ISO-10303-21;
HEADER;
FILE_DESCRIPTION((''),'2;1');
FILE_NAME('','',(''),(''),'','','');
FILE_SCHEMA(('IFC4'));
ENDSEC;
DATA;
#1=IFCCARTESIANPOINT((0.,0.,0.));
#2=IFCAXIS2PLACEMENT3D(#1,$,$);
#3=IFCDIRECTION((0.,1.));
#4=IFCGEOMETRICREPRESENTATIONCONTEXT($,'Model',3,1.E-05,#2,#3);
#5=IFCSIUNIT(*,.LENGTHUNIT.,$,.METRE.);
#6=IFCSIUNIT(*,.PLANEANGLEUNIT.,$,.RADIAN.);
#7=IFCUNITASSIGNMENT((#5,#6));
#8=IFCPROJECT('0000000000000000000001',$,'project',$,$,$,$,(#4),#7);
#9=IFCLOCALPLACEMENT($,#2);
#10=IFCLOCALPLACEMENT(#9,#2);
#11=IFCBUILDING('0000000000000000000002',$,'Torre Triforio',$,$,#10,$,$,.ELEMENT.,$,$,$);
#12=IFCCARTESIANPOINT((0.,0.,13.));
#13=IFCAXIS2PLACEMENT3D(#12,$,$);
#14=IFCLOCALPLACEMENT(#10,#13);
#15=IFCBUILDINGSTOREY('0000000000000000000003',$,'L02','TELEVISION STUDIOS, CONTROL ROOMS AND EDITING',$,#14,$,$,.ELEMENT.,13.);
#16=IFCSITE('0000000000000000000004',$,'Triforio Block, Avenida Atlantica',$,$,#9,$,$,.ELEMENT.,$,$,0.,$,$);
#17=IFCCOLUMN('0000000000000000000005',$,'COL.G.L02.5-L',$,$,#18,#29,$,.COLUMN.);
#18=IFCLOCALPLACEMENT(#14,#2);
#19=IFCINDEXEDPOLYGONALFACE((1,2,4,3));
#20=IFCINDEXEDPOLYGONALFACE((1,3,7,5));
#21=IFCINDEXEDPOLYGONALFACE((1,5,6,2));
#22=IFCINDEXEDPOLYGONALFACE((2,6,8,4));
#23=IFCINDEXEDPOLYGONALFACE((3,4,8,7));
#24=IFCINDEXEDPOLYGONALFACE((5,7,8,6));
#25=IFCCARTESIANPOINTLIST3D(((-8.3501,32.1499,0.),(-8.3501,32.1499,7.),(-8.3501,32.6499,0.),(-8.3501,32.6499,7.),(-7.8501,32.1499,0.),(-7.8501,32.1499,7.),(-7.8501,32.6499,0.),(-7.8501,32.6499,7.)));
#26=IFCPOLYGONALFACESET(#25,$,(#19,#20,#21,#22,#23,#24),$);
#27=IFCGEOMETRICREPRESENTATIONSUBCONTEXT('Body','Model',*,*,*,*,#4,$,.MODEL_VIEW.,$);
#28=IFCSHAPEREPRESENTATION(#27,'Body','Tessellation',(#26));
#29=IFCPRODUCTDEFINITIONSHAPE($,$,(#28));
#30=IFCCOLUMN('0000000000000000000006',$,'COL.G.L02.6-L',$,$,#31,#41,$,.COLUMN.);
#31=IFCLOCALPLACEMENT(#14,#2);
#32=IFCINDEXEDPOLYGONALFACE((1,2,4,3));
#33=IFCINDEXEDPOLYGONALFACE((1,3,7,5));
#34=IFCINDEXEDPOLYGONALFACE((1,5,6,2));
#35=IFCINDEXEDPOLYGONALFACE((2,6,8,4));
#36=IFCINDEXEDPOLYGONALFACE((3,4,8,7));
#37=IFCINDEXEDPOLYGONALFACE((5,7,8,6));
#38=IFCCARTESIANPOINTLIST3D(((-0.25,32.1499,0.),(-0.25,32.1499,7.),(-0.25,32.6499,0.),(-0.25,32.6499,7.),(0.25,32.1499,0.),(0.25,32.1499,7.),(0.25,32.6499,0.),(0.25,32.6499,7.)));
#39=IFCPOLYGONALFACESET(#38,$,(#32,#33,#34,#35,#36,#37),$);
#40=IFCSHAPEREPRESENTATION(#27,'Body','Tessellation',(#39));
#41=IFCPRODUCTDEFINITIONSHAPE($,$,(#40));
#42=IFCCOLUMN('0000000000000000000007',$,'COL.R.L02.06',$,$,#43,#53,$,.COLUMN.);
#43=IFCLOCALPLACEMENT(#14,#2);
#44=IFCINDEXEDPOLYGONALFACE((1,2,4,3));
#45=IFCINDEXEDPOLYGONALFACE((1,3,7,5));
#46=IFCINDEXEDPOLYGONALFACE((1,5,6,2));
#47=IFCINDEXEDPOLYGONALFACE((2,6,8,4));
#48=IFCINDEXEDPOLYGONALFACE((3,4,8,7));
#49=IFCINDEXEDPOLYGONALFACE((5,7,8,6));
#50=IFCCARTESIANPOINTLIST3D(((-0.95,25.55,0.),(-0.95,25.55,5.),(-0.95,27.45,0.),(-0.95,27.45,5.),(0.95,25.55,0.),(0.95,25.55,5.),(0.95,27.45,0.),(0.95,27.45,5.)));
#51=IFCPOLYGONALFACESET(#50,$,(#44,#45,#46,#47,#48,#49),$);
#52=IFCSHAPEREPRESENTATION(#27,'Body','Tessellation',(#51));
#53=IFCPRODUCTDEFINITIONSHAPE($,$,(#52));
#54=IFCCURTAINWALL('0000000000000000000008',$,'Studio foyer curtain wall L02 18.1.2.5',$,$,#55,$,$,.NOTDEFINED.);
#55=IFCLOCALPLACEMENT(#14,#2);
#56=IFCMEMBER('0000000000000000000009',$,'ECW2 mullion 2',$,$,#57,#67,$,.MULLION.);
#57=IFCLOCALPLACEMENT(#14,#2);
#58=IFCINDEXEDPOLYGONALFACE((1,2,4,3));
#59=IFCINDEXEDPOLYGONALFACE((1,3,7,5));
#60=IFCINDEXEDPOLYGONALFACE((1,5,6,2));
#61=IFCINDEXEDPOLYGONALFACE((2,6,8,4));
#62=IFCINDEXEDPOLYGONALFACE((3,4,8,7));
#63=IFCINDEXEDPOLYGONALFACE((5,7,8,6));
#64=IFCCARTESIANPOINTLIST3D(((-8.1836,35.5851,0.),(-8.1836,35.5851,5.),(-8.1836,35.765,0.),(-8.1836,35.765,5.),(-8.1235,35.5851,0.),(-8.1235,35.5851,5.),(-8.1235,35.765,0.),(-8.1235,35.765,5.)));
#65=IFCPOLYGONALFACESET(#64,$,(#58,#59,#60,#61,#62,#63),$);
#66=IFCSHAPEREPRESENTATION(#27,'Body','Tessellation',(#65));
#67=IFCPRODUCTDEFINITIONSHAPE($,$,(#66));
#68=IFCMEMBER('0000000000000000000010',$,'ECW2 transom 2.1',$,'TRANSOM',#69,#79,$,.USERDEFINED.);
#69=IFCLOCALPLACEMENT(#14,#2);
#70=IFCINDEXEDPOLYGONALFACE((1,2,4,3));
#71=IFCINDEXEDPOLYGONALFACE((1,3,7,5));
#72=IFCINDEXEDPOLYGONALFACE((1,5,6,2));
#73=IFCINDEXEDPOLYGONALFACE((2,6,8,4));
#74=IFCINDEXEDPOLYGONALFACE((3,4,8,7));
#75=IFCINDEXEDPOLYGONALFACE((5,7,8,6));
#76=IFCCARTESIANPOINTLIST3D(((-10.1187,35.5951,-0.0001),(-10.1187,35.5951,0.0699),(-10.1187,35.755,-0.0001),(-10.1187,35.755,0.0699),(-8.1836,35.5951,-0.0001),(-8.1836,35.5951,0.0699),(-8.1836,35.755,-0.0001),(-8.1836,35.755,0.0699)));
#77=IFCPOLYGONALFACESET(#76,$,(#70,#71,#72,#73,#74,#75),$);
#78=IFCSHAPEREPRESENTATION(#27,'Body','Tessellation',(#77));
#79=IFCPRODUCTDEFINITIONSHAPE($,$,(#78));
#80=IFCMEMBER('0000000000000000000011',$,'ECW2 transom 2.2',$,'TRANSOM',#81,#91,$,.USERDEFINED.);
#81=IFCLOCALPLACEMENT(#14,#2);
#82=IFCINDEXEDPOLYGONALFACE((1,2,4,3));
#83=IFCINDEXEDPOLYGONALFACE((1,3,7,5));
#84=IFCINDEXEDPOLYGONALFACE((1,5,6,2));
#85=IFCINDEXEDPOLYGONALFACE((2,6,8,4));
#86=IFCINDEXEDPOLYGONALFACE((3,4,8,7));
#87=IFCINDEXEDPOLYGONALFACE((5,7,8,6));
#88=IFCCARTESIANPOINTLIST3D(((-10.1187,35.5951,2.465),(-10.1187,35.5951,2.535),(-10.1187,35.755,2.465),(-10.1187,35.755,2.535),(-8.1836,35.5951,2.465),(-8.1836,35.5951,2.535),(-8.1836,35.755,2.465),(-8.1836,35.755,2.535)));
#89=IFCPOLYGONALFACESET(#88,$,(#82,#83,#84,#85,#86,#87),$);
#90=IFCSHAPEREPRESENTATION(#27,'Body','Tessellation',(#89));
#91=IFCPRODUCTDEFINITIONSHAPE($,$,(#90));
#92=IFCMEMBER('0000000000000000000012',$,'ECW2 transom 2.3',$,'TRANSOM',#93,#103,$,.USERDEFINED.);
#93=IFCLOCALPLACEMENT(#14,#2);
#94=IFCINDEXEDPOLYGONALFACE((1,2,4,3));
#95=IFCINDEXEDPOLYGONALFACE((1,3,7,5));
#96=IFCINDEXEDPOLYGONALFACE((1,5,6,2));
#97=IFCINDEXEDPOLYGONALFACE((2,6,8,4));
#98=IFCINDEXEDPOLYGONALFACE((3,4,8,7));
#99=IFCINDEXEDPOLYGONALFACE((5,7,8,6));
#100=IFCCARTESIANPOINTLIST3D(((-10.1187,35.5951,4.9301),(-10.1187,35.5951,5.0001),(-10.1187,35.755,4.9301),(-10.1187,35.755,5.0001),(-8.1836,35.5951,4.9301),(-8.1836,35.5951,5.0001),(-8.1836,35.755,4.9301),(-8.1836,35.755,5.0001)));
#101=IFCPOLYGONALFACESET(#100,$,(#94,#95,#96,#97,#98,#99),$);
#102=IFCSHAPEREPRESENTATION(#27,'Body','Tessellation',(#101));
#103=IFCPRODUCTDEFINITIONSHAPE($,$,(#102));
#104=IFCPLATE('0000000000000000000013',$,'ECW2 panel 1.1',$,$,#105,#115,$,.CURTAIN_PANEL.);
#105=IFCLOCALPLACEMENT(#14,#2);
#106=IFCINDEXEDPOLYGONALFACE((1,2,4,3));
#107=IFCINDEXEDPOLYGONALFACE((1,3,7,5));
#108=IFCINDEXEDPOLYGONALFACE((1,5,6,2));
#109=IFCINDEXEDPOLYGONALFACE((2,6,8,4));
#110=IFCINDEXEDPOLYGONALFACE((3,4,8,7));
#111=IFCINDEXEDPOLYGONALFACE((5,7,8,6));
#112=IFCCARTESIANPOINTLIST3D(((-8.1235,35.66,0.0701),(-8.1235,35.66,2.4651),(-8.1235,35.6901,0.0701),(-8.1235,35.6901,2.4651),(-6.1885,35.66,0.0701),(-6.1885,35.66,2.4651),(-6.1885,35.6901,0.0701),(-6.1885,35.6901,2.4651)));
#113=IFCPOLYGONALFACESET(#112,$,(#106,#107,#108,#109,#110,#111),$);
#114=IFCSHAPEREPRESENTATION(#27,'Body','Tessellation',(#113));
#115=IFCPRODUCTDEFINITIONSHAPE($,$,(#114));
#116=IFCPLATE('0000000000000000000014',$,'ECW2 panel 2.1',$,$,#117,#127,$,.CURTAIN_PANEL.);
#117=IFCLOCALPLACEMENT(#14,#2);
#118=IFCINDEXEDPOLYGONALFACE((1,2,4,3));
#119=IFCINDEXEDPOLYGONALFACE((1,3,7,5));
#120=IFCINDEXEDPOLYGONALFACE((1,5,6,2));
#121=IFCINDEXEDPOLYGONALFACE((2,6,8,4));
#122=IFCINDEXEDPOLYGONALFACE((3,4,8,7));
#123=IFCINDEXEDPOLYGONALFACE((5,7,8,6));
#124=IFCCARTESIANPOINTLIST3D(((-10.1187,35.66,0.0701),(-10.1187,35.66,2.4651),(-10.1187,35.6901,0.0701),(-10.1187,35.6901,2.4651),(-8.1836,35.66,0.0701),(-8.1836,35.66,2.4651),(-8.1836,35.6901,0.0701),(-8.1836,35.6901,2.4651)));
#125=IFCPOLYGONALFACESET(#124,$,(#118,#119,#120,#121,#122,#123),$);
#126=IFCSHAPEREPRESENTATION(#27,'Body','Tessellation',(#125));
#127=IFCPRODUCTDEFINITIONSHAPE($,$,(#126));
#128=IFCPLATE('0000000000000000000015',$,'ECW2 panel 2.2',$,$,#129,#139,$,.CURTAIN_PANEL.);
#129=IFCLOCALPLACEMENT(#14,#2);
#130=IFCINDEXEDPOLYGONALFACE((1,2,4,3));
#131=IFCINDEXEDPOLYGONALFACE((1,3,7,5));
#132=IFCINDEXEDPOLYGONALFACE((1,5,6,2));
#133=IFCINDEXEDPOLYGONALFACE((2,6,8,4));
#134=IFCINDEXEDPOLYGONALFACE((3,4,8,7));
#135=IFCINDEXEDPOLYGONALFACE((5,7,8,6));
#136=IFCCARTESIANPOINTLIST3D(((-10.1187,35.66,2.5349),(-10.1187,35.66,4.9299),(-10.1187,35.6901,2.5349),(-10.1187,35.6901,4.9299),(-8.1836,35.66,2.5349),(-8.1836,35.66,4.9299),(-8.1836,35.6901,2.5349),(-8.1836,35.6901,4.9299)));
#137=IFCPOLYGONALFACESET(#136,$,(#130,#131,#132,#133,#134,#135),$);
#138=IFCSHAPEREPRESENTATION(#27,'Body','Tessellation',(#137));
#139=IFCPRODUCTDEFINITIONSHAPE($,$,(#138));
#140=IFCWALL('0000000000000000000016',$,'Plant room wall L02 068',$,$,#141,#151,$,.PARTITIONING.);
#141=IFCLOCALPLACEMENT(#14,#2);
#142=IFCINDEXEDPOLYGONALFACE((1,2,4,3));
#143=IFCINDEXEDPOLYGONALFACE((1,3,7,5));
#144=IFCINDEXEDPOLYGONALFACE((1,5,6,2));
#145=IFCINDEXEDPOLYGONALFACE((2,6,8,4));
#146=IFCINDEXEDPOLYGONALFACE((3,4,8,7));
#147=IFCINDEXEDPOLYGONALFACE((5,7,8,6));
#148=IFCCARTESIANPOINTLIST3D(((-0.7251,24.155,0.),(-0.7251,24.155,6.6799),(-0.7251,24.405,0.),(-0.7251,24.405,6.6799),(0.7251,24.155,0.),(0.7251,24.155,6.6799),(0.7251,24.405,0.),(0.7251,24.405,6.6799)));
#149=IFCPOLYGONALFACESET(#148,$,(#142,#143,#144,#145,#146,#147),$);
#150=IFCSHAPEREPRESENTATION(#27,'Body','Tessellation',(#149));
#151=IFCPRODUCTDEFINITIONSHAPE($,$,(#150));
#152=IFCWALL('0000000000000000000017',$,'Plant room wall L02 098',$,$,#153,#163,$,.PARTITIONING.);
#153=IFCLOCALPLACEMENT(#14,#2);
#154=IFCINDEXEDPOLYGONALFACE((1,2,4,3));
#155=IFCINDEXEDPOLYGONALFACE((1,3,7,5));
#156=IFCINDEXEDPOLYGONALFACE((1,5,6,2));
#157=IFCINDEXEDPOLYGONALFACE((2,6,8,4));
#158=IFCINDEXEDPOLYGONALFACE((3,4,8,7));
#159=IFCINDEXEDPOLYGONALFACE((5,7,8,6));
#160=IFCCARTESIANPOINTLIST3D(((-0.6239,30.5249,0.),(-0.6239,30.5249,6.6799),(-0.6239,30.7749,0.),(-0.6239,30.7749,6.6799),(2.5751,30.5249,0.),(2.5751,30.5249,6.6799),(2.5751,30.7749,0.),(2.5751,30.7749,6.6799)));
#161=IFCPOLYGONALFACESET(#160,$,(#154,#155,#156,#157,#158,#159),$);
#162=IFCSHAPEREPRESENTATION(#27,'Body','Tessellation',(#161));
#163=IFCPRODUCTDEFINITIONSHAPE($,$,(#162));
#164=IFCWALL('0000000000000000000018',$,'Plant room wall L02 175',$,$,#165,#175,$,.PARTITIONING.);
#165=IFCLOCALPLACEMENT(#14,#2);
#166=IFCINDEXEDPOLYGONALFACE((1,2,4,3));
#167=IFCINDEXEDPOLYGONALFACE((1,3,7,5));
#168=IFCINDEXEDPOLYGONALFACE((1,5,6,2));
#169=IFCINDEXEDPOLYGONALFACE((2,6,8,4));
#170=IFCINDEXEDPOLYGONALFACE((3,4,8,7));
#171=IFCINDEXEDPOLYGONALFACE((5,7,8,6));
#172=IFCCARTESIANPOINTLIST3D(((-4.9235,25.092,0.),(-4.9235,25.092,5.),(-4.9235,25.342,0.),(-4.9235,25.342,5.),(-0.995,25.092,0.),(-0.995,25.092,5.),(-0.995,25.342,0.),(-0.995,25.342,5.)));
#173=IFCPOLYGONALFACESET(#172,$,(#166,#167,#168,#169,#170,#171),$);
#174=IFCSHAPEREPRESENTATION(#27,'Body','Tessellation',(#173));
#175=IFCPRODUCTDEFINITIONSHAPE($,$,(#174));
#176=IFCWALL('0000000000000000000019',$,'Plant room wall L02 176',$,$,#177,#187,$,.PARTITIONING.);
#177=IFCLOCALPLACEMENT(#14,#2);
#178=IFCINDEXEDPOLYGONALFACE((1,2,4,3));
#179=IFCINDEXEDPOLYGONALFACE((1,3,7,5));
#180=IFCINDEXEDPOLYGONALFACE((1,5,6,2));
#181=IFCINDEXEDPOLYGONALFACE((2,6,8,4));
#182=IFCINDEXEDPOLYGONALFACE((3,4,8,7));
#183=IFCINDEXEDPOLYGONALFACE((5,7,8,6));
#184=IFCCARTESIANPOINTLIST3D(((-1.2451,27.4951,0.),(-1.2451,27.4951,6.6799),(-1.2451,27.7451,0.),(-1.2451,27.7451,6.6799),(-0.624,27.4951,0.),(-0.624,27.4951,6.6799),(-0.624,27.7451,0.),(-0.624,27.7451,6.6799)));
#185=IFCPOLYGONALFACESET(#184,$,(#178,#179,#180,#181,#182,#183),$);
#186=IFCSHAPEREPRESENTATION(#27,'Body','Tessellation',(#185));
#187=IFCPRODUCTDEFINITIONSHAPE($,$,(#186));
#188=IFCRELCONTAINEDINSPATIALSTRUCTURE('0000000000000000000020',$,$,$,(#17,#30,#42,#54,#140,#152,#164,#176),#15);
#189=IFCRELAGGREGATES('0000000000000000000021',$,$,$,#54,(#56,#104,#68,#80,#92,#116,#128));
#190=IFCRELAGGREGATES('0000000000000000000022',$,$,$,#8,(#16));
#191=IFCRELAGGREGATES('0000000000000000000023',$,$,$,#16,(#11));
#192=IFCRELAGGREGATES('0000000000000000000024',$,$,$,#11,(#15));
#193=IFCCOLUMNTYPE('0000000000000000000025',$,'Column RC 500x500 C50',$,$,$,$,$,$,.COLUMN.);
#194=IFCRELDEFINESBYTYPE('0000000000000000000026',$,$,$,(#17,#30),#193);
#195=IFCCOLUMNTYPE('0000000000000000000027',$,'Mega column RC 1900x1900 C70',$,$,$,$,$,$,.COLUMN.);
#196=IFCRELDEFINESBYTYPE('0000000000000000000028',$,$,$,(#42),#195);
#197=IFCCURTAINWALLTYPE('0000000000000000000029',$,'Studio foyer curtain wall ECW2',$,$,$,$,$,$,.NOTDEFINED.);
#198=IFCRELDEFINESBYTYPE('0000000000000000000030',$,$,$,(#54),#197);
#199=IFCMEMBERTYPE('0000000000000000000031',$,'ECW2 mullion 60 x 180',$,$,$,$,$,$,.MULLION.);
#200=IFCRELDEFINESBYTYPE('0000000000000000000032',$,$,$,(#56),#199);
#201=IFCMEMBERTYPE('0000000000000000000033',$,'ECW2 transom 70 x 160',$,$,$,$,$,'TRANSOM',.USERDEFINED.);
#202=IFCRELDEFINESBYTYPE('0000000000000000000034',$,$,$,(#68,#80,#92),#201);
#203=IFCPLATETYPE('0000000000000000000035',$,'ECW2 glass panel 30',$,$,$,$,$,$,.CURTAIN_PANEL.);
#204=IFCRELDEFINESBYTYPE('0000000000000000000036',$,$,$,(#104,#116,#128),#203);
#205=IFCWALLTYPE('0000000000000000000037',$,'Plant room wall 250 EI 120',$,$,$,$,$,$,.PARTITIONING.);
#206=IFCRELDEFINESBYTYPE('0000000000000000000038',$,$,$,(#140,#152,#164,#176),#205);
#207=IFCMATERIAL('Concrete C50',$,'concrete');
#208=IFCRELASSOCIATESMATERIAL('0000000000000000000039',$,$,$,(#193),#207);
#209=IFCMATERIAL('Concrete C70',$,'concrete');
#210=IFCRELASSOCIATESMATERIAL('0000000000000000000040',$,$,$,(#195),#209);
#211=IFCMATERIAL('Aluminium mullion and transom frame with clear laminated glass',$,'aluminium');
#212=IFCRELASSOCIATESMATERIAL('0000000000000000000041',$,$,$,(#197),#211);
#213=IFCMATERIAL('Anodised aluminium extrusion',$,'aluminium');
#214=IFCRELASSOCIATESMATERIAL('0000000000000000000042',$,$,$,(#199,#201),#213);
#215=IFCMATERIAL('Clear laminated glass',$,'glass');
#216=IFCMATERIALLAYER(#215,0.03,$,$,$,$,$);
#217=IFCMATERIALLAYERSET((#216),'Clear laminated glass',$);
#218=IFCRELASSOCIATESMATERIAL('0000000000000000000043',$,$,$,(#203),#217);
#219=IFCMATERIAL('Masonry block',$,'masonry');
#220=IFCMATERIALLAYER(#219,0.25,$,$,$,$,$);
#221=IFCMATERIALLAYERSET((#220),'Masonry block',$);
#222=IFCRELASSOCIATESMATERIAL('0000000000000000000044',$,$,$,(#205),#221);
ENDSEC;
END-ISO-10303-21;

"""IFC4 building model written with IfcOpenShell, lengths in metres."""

from ifc_helpers import new_model, si_unit, direction, frame, frame_2d, origin, origin_2d, place, context, subcontext, project, spatial, rectangle, extrude, material, layer, layer_set, material_profile, profile_set, type_object, element, aggregate, save


model = new_model("IFC4")

# Units and contexts
model_context = context("Model", 3, precision=1e-05, world=origin(), true_north=direction((0.0, 1.0)))
body_context = subcontext(model_context, "Body", "Model", "MODEL_VIEW")
ifc_project = project(units=[si_unit("LENGTHUNIT", "METRE"), si_unit("PLANEANGLEUNIT", "RADIAN")], contexts=[model_context])

# Site, building, storey
site_placement = place(None, origin())
site = spatial("IfcSite", under=ifc_project, at=site_placement, Name="Triforio Block, Avenida Atlantica", CompositionType="ELEMENT", RefElevation=0.0)
building_placement = place(site_placement, origin())
building = spatial("IfcBuilding", under=site, at=building_placement, Name="Torre Triforio", CompositionType="ELEMENT")
storey_placement = place(building_placement, frame((0.0, 0.0, 13.0)))
storey = spatial("IfcBuildingStorey", under=building, at=storey_placement, Name="L02", Description="TELEVISION STUDIOS, CONTROL ROOMS AND EDITING", CompositionType="ELEMENT", Elevation=13.0)

# Columns
ifc_material_1 = material(Name="Concrete C50", Category="concrete")
ifc_material_profile_1 = material_profile(ifc_material_1, rectangle(XDim=0.5, YDim=0.5, at=origin_2d()), Name="RC 500x500")
ifc_profile_set_1 = profile_set([ifc_material_profile_1], Name="Concrete C50")
column_type_1 = type_object("IfcColumnType", Name="Column RC 500x500 C50", PredefinedType="COLUMN", material=ifc_profile_set_1)
for number, where, z_axis, x_axis, name in (
    (1, (-8.1001, 32.3999, 0.0), (0.0, 0.0, 1.0), (1.0, 0.0, 0.0), "COL.G.L02.5-L"),
    (2, (0.0, 32.3999, 0.0), (0.0, 0.0, 1.0), (1.0, 0.0, 0.0), "COL.G.L02.6-L"),
):
    element("IfcColumn", number, at=place(storey_placement, frame(where, z_axis=z_axis, x_axis=x_axis)), inside=storey, type_object=column_type_1, Name=name, PredefinedType="COLUMN", context=body_context, shape_type="SweptSolid", body=[
        extrude(rectangle(XDim=0.5, YDim=0.5, at=origin_2d()), origin(), (0.0, 0.0, 1.0), 7.0),
    ])
ifc_material_2 = material(Name="Concrete C70", Category="concrete")
ifc_material_profile_2 = material_profile(ifc_material_2, rectangle(XDim=1.8999, YDim=1.8999, at=origin_2d()), Name="RC 1900x1900")
ifc_profile_set_2 = profile_set([ifc_material_profile_2], Name="Concrete C70")
column_type_2 = type_object("IfcColumnType", Name="Mega column RC 1900x1900 C70", PredefinedType="COLUMN", material=ifc_profile_set_2)
column_placement = place(storey_placement, frame((0.0, 26.5, 0.0), z_axis=(0.0, 0.0, 1.0), x_axis=(-1.0, 0.0, 0.0)))
element("IfcColumn", 3, at=column_placement, inside=storey, type_object=column_type_2, Name="COL.R.L02.06", PredefinedType="COLUMN", context=body_context, shape_type="SweptSolid", body=[
    extrude(rectangle(XDim=1.8999, YDim=1.8999, at=origin_2d()), origin(), (0.0, 0.0, 1.0), 5.0),
])

# Curtain wall, members, plates
ifc_material_3 = material(Name="Aluminium mullion and transom frame with clear laminated glass", Category="aluminium")
curtain_wall_type = type_object("IfcCurtainWallType", Name="Studio foyer curtain wall ECW2", PredefinedType="NOTDEFINED", material=ifc_material_3)
curtain_wall_placement = place(storey_placement, origin())
curtain_wall = element("IfcCurtainWall", 4, at=curtain_wall_placement, inside=storey, type_object=curtain_wall_type, Name="Studio foyer curtain wall L02 18.1.2.5", PredefinedType="NOTDEFINED")
ifc_material_4 = material(Name="Anodised aluminium extrusion", Category="aluminium")
ifc_material_profile_3 = material_profile(ifc_material_4, rectangle(XDim=0.1799, YDim=0.0601, at=origin_2d()), Name="ECW2 MULLION 60x180")
ifc_profile_set_3 = profile_set([ifc_material_profile_3], Name="Anodised aluminium extrusion")
member_type_1 = type_object("IfcMemberType", Name="ECW2 mullion 60 x 180", PredefinedType="MULLION", material=ifc_profile_set_3)
member_1_placement = place(storey_placement, frame((-8.1536, 35.675, 0.0), z_axis=(0.0, 0.0, 1.0), x_axis=(0.0, -1.0, 0.0)))
member_1 = element("IfcMember", 5, at=member_1_placement, type_object=member_type_1, Name="ECW2 mullion 2", PredefinedType="MULLION", context=body_context, shape_type="SweptSolid", body=[
    extrude(rectangle(XDim=0.1799, YDim=0.0601, at=origin_2d()), origin(), (0.0, 0.0, 1.0), 5.0),
])
ifc_material_profile_4 = material_profile(ifc_material_4, rectangle(XDim=0.1599, YDim=0.0701, at=origin_2d()), Name="ECW2 TRANSOM 70x160")
ifc_profile_set_4 = profile_set([ifc_material_profile_4], Name="Anodised aluminium extrusion")
member_type_2 = type_object("IfcMemberType", Name="ECW2 transom 70 x 160", ElementType="TRANSOM", PredefinedType="USERDEFINED", material=ifc_profile_set_4)
member_2_placement = place(storey_placement, frame((-8.1836, 35.675, 0.0349), z_axis=(-1.0, 0.0, 0.0), x_axis=(0.0, -1.0, 0.0)))
member_2 = element("IfcMember", 6, at=member_2_placement, type_object=member_type_2, Name="ECW2 transom 2.1", ObjectType="TRANSOM", PredefinedType="USERDEFINED", context=body_context, shape_type="SweptSolid", body=[
    extrude(rectangle(XDim=0.1599, YDim=0.0701, at=origin_2d()), origin(), (0.0, 0.0, 1.0), 1.9351),
])
member_3_placement = place(storey_placement, frame((-8.1836, 35.675, 2.5), z_axis=(-1.0, 0.0, 0.0), x_axis=(0.0, -1.0, 0.0)))
member_3 = element("IfcMember", 7, at=member_3_placement, type_object=member_type_2, Name="ECW2 transom 2.2", ObjectType="TRANSOM", PredefinedType="USERDEFINED", context=body_context, shape_type="SweptSolid", body=[
    extrude(rectangle(XDim=0.1599, YDim=0.0701, at=origin_2d()), origin(), (0.0, 0.0, 1.0), 1.9351),
])
member_4_placement = place(storey_placement, frame((-8.1836, 35.675, 4.9651), z_axis=(-1.0, 0.0, 0.0), x_axis=(0.0, -1.0, 0.0)))
member_4 = element("IfcMember", 8, at=member_4_placement, type_object=member_type_2, Name="ECW2 transom 2.3", ObjectType="TRANSOM", PredefinedType="USERDEFINED", context=body_context, shape_type="SweptSolid", body=[
    extrude(rectangle(XDim=0.1599, YDim=0.0701, at=origin_2d()), origin(), (0.0, 0.0, 1.0), 1.9351),
])
ifc_material_5 = material(Name="Clear laminated glass", Category="glass")
ifc_layer_1 = layer(ifc_material_5, 0.03)
ifc_layer_set_1 = layer_set([ifc_layer_1], Name="Clear laminated glass")
plate_type = type_object("IfcPlateType", Name="ECW2 glass panel 30", PredefinedType="CURTAIN_PANEL", material=ifc_layer_set_1)
plate_1_placement = place(storey_placement, frame((-7.156, 35.675, 0.0701), z_axis=(0.0, 0.0, 1.0), x_axis=(-1.0, 0.0, 0.0)))
plate_1 = element("IfcPlate", 9, at=plate_1_placement, type_object=plate_type, Name="ECW2 panel 1.1", PredefinedType="CURTAIN_PANEL", context=body_context, shape_type="SweptSolid", body=[
    extrude(rectangle(XDim=1.9351, YDim=0.03, at=origin_2d()), origin(), (0.0, 0.0, 1.0), 2.395),
])
plate_2_placement = place(storey_placement, frame((-9.1511, 35.675, 0.0701), z_axis=(0.0, 0.0, 1.0), x_axis=(-1.0, 0.0, 0.0)))
plate_2 = element("IfcPlate", 10, at=plate_2_placement, type_object=plate_type, Name="ECW2 panel 2.1", PredefinedType="CURTAIN_PANEL", context=body_context, shape_type="SweptSolid", body=[
    extrude(rectangle(XDim=1.9351, YDim=0.03, at=origin_2d()), origin(), (0.0, 0.0, 1.0), 2.395),
])
plate_3_placement = place(storey_placement, frame((-9.1511, 35.675, 2.5349), z_axis=(0.0, 0.0, 1.0), x_axis=(-1.0, 0.0, 0.0)))
plate_3 = element("IfcPlate", 11, at=plate_3_placement, type_object=plate_type, Name="ECW2 panel 2.2", PredefinedType="CURTAIN_PANEL", context=body_context, shape_type="SweptSolid", body=[
    extrude(rectangle(XDim=1.9351, YDim=0.03, at=origin_2d()), origin(), (0.0, 0.0, 1.0), 2.395),
])
aggregate(curtain_wall, [member_1, plate_1, member_2, member_3, member_4, plate_2, plate_3])

# Walls
ifc_material_6 = material(Name="Masonry block", Category="masonry")
ifc_layer_2 = layer(ifc_material_6, 0.25)
ifc_layer_set_2 = layer_set([ifc_layer_2], Name="Masonry block")
wall_type_1 = type_object("IfcWallType", Name="Plant room wall 250 EI 120", PredefinedType="PARTITIONING", material=ifc_layer_set_2)
wall_1_placement = place(storey_placement, frame((-0.7251, 24.28, 0.0), z_axis=(0.0, 0.0, 1.0), x_axis=(1.0, 0.0, 0.0)))
element("IfcWall", 12, at=wall_1_placement, inside=storey, type_object=wall_type_1, Name="Plant room wall L02 068", PredefinedType="PARTITIONING", context=body_context, shape_type="SweptSolid", body=[
    extrude(rectangle(XDim=1.4502, YDim=0.25, at=frame_2d((0.7251, 0.0))), origin(), (0.0, 0.0, 1.0), 6.6799),
])
wall_2_placement = place(storey_placement, frame((-0.624, 30.6499, 0.0), z_axis=(0.0, 0.0, 1.0), x_axis=(1.0, 0.0, 0.0)))
element("IfcWall", 13, at=wall_2_placement, inside=storey, type_object=wall_type_1, Name="Plant room wall L02 098", PredefinedType="PARTITIONING", context=body_context, shape_type="SweptSolid", body=[
    extrude(rectangle(XDim=3.199, YDim=0.25, at=frame_2d((1.5996, 0.0))), origin(), (0.0, 0.0, 1.0), 6.6799),
])
wall_3_placement = place(storey_placement, frame((-4.9236, 25.217, 0.0), z_axis=(0.0, 0.0, 1.0), x_axis=(1.0, 0.0, 0.0)))
element("IfcWall", 14, at=wall_3_placement, inside=storey, type_object=wall_type_1, Name="Plant room wall L02 175", PredefinedType="PARTITIONING", context=body_context, shape_type="SweptSolid", body=[
    extrude(rectangle(XDim=3.9285, YDim=0.25, at=frame_2d((1.9644, 0.0))), origin(), (0.0, 0.0, 1.0), 5.0),
])
wall_4_placement = place(storey_placement, frame((-1.2451, 27.6201, 0.0), z_axis=(0.0, 0.0, 1.0), x_axis=(1.0, 0.0, 0.0)))
element("IfcWall", 15, at=wall_4_placement, inside=storey, type_object=wall_type_1, Name="Plant room wall L02 176", PredefinedType="PARTITIONING", context=body_context, shape_type="SweptSolid", body=[
    extrude(rectangle(XDim=0.6211, YDim=0.25, at=frame_2d((0.3105, 0.0))), origin(), (0.0, 0.0, 1.0), 6.6799),
])

save(model, "model.ifc")
